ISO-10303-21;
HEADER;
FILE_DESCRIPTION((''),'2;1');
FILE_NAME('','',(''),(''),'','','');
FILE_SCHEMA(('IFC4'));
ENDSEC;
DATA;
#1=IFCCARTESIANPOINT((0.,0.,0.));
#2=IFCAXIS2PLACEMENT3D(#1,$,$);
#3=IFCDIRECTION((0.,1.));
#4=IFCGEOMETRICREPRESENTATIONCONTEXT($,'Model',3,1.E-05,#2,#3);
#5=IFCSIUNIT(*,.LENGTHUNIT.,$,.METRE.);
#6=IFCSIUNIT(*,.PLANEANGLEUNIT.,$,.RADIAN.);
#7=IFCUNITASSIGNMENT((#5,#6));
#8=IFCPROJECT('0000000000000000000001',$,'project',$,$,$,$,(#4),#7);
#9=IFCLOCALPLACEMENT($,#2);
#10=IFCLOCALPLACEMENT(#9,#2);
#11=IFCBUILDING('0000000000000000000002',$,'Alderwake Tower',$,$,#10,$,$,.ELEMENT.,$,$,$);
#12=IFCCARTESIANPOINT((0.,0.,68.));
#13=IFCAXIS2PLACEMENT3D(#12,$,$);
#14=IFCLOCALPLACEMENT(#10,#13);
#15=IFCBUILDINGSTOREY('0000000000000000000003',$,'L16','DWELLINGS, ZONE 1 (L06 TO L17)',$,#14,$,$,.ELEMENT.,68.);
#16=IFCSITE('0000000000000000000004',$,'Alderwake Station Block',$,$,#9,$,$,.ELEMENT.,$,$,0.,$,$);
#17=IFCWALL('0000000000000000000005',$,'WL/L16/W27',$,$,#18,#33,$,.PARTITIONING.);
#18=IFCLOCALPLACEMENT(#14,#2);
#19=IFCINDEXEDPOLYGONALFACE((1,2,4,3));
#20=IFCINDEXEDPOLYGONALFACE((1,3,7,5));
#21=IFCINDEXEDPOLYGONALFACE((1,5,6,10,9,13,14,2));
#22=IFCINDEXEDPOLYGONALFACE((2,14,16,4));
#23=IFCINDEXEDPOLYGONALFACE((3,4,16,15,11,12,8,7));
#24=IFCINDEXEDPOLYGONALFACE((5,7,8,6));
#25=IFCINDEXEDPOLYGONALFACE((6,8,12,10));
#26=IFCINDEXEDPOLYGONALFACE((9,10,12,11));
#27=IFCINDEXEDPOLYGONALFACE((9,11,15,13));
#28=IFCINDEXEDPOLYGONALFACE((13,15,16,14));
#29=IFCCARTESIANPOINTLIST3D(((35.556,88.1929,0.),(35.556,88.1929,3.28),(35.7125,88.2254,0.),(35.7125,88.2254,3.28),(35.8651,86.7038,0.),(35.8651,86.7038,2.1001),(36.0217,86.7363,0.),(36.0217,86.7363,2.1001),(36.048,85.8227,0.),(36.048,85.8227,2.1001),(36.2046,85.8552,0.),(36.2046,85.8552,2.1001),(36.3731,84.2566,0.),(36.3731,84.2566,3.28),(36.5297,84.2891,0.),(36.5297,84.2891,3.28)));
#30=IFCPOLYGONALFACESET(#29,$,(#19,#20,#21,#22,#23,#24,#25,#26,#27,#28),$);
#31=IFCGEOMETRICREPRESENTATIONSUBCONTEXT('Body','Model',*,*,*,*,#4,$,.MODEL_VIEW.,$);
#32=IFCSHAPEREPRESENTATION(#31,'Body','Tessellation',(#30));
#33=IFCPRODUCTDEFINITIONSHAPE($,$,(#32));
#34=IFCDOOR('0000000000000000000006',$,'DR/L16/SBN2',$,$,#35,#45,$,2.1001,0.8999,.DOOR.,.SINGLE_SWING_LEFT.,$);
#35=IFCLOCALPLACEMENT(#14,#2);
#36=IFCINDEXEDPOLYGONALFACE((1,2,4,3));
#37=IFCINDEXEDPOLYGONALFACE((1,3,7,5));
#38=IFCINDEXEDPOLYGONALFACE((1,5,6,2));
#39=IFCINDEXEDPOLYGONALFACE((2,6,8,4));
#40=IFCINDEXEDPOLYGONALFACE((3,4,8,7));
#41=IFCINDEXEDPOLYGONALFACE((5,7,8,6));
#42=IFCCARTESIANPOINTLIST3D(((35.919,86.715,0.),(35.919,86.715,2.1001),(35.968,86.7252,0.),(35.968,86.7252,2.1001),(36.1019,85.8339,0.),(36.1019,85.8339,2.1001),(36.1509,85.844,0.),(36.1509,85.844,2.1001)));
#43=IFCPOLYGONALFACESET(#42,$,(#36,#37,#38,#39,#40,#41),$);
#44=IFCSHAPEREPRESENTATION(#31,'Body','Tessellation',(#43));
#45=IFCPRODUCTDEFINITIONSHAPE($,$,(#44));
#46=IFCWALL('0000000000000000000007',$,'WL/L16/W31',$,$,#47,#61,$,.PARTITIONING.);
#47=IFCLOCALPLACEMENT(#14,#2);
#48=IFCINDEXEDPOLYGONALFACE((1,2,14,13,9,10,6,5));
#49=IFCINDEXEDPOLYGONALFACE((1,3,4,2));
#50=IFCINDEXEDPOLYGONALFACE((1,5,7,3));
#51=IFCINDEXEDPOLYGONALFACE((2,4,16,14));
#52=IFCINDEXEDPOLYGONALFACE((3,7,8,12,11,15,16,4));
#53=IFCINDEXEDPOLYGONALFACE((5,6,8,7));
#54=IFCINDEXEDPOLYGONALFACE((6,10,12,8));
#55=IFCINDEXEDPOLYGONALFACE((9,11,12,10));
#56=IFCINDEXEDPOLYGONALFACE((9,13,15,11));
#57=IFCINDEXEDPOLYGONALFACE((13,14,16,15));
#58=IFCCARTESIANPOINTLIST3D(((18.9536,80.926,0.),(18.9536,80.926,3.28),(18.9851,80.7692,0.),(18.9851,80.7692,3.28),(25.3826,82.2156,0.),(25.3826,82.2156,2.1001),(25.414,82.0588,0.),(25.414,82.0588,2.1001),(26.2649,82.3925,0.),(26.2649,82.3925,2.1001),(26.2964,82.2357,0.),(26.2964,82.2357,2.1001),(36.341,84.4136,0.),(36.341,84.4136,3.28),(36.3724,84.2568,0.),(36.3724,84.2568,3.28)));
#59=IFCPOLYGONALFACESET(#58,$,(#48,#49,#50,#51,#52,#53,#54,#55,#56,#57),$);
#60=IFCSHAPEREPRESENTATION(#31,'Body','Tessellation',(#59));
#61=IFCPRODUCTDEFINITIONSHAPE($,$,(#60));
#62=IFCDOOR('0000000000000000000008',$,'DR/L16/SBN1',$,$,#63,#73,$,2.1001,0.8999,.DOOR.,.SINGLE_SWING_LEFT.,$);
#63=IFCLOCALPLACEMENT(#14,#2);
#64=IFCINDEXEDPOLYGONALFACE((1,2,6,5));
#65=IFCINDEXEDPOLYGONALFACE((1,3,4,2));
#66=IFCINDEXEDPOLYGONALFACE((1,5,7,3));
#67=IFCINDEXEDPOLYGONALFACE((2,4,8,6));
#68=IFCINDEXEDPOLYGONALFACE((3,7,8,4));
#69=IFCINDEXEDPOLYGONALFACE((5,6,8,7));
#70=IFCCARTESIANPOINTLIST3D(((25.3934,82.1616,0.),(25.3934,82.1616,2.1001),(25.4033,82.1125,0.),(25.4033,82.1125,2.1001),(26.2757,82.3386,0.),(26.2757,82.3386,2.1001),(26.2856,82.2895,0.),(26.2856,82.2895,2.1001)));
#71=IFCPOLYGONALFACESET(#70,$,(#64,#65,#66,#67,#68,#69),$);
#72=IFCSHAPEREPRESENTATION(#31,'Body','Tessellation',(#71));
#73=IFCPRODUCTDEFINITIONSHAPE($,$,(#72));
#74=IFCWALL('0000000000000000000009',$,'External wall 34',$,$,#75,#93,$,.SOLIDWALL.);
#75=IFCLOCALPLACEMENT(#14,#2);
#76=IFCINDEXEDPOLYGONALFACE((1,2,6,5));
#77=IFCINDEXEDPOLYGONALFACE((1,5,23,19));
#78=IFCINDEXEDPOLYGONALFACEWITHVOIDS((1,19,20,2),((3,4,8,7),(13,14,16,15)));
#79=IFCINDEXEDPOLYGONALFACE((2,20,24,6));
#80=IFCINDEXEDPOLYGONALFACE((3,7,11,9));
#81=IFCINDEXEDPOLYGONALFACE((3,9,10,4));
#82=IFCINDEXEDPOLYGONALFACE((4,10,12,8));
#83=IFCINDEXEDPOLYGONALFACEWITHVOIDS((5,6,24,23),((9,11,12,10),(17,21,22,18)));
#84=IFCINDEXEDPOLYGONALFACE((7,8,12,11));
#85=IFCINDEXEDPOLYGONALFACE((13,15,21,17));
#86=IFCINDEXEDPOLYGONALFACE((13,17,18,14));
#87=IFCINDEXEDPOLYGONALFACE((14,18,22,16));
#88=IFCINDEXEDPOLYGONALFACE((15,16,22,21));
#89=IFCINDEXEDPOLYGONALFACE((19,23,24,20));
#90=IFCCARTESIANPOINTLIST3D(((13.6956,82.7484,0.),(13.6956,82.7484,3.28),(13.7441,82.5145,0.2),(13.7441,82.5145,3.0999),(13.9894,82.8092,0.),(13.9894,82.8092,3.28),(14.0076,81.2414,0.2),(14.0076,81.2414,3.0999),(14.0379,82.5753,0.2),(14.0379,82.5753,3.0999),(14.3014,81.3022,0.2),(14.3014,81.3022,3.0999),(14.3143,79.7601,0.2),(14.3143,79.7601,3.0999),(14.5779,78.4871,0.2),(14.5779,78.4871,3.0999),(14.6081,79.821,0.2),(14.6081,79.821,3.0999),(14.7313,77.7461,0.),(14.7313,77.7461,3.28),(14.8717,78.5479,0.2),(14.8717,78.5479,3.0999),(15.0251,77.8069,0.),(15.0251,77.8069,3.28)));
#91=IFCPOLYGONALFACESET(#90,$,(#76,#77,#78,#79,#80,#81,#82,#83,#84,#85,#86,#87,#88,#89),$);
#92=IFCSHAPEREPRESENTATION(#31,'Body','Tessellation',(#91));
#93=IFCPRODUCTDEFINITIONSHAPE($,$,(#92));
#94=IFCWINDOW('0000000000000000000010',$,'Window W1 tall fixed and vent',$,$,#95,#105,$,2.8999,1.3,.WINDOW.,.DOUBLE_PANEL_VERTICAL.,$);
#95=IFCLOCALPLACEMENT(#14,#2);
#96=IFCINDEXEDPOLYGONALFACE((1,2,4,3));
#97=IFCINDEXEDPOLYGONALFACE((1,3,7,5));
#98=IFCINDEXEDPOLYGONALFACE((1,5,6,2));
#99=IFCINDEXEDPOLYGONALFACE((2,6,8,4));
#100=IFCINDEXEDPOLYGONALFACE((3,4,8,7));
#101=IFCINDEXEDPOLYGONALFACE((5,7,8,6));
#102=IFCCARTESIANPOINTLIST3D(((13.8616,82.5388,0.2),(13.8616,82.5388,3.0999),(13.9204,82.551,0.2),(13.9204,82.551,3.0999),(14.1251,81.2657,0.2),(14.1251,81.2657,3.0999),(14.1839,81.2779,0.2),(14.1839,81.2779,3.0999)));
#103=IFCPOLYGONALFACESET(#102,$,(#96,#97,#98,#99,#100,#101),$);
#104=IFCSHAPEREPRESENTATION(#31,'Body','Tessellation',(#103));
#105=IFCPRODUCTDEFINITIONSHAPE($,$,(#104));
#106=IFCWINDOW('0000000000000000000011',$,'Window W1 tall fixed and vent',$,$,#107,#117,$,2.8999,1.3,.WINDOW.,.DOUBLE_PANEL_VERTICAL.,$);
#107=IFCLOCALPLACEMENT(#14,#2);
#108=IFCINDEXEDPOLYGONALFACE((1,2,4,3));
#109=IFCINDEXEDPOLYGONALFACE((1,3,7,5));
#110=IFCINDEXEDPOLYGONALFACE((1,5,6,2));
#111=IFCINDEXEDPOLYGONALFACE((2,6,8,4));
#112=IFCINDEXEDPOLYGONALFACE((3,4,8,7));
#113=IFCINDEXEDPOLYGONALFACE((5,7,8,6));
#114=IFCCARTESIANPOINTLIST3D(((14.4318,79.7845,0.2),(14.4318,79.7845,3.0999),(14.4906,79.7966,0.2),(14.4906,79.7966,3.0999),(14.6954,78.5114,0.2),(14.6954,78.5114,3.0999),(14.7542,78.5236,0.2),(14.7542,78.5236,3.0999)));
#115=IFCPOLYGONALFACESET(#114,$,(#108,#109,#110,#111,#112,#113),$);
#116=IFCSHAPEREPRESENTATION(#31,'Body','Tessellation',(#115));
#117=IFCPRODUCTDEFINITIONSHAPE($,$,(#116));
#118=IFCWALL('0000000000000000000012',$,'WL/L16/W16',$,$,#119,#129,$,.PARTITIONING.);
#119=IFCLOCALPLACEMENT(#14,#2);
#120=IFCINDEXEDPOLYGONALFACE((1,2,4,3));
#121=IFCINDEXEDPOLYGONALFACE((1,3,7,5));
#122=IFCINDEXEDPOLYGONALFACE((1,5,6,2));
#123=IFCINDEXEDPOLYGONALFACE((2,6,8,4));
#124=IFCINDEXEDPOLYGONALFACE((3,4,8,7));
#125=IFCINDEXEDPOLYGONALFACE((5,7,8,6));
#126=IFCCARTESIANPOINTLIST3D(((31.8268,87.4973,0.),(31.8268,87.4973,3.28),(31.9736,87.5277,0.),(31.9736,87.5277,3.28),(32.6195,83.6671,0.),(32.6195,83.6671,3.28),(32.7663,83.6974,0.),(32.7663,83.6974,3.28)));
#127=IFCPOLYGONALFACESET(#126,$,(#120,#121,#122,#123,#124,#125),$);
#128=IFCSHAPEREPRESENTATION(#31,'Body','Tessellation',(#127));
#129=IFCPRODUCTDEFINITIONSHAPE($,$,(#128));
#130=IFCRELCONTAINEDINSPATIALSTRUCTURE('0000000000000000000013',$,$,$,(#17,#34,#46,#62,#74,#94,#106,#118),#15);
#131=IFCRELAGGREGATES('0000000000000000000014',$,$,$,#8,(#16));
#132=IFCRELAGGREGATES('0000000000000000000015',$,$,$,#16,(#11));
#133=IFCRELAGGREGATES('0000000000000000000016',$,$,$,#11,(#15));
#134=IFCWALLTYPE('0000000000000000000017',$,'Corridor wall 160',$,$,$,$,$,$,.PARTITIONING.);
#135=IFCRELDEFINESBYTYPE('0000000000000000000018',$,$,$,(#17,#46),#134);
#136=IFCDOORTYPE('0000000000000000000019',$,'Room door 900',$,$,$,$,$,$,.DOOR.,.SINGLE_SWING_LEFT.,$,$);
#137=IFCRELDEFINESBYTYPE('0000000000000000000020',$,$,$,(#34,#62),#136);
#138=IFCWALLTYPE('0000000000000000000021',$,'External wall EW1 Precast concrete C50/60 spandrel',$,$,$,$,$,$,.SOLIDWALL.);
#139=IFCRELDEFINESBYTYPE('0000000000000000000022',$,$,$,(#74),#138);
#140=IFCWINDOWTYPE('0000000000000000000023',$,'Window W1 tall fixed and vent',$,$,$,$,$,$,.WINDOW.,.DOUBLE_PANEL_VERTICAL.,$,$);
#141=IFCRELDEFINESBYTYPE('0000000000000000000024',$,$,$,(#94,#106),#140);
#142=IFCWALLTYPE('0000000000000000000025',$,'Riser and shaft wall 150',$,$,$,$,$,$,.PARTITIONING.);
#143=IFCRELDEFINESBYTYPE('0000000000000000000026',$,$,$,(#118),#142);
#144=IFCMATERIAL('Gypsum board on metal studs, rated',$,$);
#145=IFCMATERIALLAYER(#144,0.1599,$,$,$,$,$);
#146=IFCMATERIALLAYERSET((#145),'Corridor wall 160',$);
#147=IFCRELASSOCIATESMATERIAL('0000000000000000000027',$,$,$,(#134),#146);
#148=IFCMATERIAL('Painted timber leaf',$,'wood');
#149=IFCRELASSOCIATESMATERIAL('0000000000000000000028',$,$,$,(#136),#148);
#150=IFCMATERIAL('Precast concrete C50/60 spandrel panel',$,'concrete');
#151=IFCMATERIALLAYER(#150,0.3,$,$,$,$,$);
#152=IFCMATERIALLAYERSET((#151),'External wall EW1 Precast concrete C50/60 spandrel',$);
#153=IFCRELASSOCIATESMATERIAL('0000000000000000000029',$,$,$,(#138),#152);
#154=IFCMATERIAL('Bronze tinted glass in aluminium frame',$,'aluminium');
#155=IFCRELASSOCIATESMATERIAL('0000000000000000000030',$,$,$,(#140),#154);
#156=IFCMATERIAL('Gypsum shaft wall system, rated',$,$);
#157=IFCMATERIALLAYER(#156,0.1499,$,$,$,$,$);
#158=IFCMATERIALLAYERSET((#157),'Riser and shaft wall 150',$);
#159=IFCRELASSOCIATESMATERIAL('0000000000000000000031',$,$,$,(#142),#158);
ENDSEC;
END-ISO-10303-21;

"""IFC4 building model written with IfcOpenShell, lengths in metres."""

from ifc_helpers import new_model, si_unit, direction, frame, frame_2d, origin, place, context, subcontext, project, spatial, rectangle, extrude, material, layer, layer_set, type_object, element, fill, save


model = new_model("IFC4")

# Units and contexts
model_context = context("Model", 3, precision=1e-05, world=origin(), true_north=direction((0.0, 1.0)))
body_context = subcontext(model_context, "Body", "Model", "MODEL_VIEW")
ifc_project = project(units=[si_unit("LENGTHUNIT", "METRE"), si_unit("PLANEANGLEUNIT", "RADIAN")], contexts=[model_context])

# Site, building, storey
site_placement = place(None, origin())
site = spatial("IfcSite", under=ifc_project, at=site_placement, Name="Alderwake Station Block", CompositionType="ELEMENT", RefElevation=0.0)
building_placement = place(site_placement, origin())
building = spatial("IfcBuilding", under=site, at=building_placement, Name="Alderwake Tower", CompositionType="ELEMENT")
storey_placement = place(building_placement, frame((0.0, 0.0, 68.0)))
storey = spatial("IfcBuildingStorey", under=building, at=storey_placement, Name="L16", Description="DWELLINGS, ZONE 1 (L06 TO L17)", CompositionType="ELEMENT", Elevation=68.0)

# Shared definitions
ifc_material_1 = material(Name="Gypsum board on metal studs, rated")
ifc_layer_1 = layer(ifc_material_1, 0.1599)
ifc_layer_set_1 = layer_set([ifc_layer_1], Name="Corridor wall 160")
wall_type_1 = type_object("IfcWallType", Name="Corridor wall 160", PredefinedType="PARTITIONING", material=ifc_layer_set_1)

# Walls, openings, doors
wall_1_placement = place(storey_placement, frame((36.4514, 84.2727, 0.0), z_axis=(0.0, 0.0, 1.0), x_axis=(-0.203258, 0.979125, 0.0)))
wall_1 = element("IfcWall", 1, at=wall_1_placement, inside=storey, type_object=wall_type_1, Name="WL/L16/W27", PredefinedType="PARTITIONING", context=body_context, shape_type="SweptSolid", body=[
    extrude(rectangle(XDim=4.0203, YDim=0.1599, at=frame_2d((2.0103, 0.0))), origin(), (0.0, 0.0, 1.0), 3.28),
])
opening_1_placement = place(wall_1_placement, frame((1.5996, 0.0, 0.0)))
opening_1 = element("IfcOpeningElement", 2, at=opening_1_placement, cuts=wall_1, PredefinedType="OPENING", context=body_context, shape_type="SweptSolid", body=[
    extrude(rectangle(XDim=0.8999, YDim=2.1001, at=frame_2d((0.45, 1.05))), frame((0.0, 0.0898, 0.0), z_axis=(0.0, -1.0, 0.0), x_axis=(1.0, 0.0, 0.0)), (0.0, 0.0, 1.0), 0.1799),
])
ifc_material_2 = material(Name="Painted timber leaf", Category="wood")
door_type_1 = type_object("IfcDoorType", Name="Room door 900", OperationType="SINGLE_SWING_LEFT", PredefinedType="DOOR", material=ifc_material_2)
door_1_placement = place(opening_1_placement, origin())
door_1 = element("IfcDoor", 3, at=door_1_placement, inside=storey, type_object=door_type_1, Name="DR/L16/SBN2", OperationType="SINGLE_SWING_LEFT", OverallHeight=2.1001, OverallWidth=0.8999, PredefinedType="DOOR", context=body_context, shape_type="SweptSolid", body=[
    extrude(rectangle(XDim=0.8999, YDim=2.1001, at=frame_2d((0.45, 1.05))), frame((0.0, 0.0249, 0.0), z_axis=(0.0, -1.0, 0.0), x_axis=(1.0, 0.0, 0.0)), (0.0, 0.0, 1.0), 0.05),
])
fill(opening_1, door_1)
wall_2_placement = place(storey_placement, frame((18.9695, 80.8477, 0.0), z_axis=(0.0, 0.0, 1.0), x_axis=(0.980471, 0.196664, 0.0)))
wall_2 = element("IfcWall", 4, at=wall_2_placement, inside=storey, type_object=wall_type_1, Name="WL/L16/W31", PredefinedType="PARTITIONING", context=body_context, shape_type="SweptSolid", body=[
    extrude(rectangle(XDim=17.7336, YDim=0.1599, at=frame_2d((8.8667, 0.0))), origin(), (0.0, 0.0, 1.0), 3.28),
])
opening_2_placement = place(wall_2_placement, frame((6.5569, 0.0, 0.0)))
opening_2 = element("IfcOpeningElement", 5, at=opening_2_placement, cuts=wall_2, PredefinedType="OPENING", context=body_context, shape_type="SweptSolid", body=[
    extrude(rectangle(XDim=0.8999, YDim=2.1001, at=frame_2d((0.45, 1.05))), frame((0.0, 0.0898, 0.0), z_axis=(0.0, -1.0, 0.0), x_axis=(1.0, 0.0, 0.0)), (0.0, 0.0, 1.0), 0.1799),
])
door_2_placement = place(opening_2_placement, origin())
door_2 = element("IfcDoor", 6, at=door_2_placement, inside=storey, type_object=door_type_1, Name="DR/L16/SBN1", OperationType="SINGLE_SWING_LEFT", OverallHeight=2.1001, OverallWidth=0.8999, PredefinedType="DOOR", context=body_context, shape_type="SweptSolid", body=[
    extrude(rectangle(XDim=0.8999, YDim=2.1001, at=frame_2d((0.45, 1.05))), frame((0.0, 0.0249, 0.0), z_axis=(0.0, -1.0, 0.0), x_axis=(1.0, 0.0, 0.0)), (0.0, 0.0, 1.0), 0.05),
])
fill(opening_2, door_2)

# Wall, openings, windows
ifc_material_3 = material(Name="Precast concrete C50/60 spandrel panel", Category="concrete")
ifc_layer_2 = layer(ifc_material_3, 0.3)
ifc_layer_set_2 = layer_set([ifc_layer_2], Name="External wall EW1 Precast concrete C50/60 spandrel")
wall_type_2 = type_object("IfcWallType", Name="External wall EW1 Precast concrete C50/60 spandrel", PredefinedType="SOLIDWALL", material=ifc_layer_set_2)
wall_3_placement = place(storey_placement, frame((13.8425, 82.7788, 0.0), z_axis=(0.0, 0.0, 1.0), x_axis=(0.202738, -0.979233, 0.0)))
wall_3 = element("IfcWall", 7, at=wall_3_placement, inside=storey, type_object=wall_type_2, Name="External wall 34", PredefinedType="SOLIDWALL", context=body_context, shape_type="SweptSolid", body=[
    extrude(rectangle(XDim=5.1084, YDim=0.3, at=frame_2d((2.5542, 0.0))), origin(), (0.0, 0.0, 1.0), 3.28),
])
opening_3_placement = place(wall_3_placement, frame((0.239, 0.0, 0.2)))
opening_3 = element("IfcOpeningElement", 8, at=opening_3_placement, cuts=wall_3, PredefinedType="OPENING", context=body_context, shape_type="SweptSolid", body=[
    extrude(rectangle(XDim=1.3, YDim=2.8999, at=frame_2d((0.6499, 1.45))), frame((0.0, 0.1599, 0.0), z_axis=(0.0, -1.0, 0.0), x_axis=(1.0, 0.0, 0.0)), (0.0, 0.0, 1.0), 0.3201),
])
opening_4_placement = place(wall_3_placement, frame((3.0518, 0.0, 0.2)))
opening_4 = element("IfcOpeningElement", 9, at=opening_4_placement, cuts=wall_3, PredefinedType="OPENING", context=body_context, shape_type="SweptSolid", body=[
    extrude(rectangle(XDim=1.3, YDim=2.8999, at=frame_2d((0.6499, 1.45))), frame((0.0, 0.1599, 0.0), z_axis=(0.0, -1.0, 0.0), x_axis=(1.0, 0.0, 0.0)), (0.0, 0.0, 1.0), 0.3201),
])
ifc_material_4 = material(Name="Bronze tinted glass in aluminium frame", Category="aluminium")
window_type = type_object("IfcWindowType", Name="Window W1 tall fixed and vent", PartitioningType="DOUBLE_PANEL_VERTICAL", PredefinedType="WINDOW", material=ifc_material_4)
window_1_placement = place(opening_3_placement, origin())
window_1 = element("IfcWindow", 10, at=window_1_placement, inside=storey, type_object=window_type, Name="Window W1 tall fixed and vent", OverallHeight=2.8999, OverallWidth=1.3, PartitioningType="DOUBLE_PANEL_VERTICAL", PredefinedType="WINDOW", context=body_context, shape_type="SweptSolid", body=[
    extrude(rectangle(XDim=1.3, YDim=2.8999, at=frame_2d((0.6499, 1.45))), frame((0.0, 0.03, 0.0), z_axis=(0.0, -1.0, 0.0), x_axis=(1.0, 0.0, 0.0)), (0.0, 0.0, 1.0), 0.0601),
])
fill(opening_3, window_1)
window_2_placement = place(opening_4_placement, origin())
window_2 = element("IfcWindow", 11, at=window_2_placement, inside=storey, type_object=window_type, Name="Window W1 tall fixed and vent", OverallHeight=2.8999, OverallWidth=1.3, PartitioningType="DOUBLE_PANEL_VERTICAL", PredefinedType="WINDOW", context=body_context, shape_type="SweptSolid", body=[
    extrude(rectangle(XDim=1.3, YDim=2.8999, at=frame_2d((0.6499, 1.45))), frame((0.0, 0.03, 0.0), z_axis=(0.0, -1.0, 0.0), x_axis=(1.0, 0.0, 0.0)), (0.0, 0.0, 1.0), 0.0601),
])
fill(opening_4, window_2)

# Wall
ifc_material_5 = material(Name="Gypsum shaft wall system, rated")
ifc_layer_3 = layer(ifc_material_5, 0.1499)
ifc_layer_set_3 = layer_set([ifc_layer_3], Name="Riser and shaft wall 150")
wall_type_3 = type_object("IfcWallType", Name="Riser and shaft wall 150", PredefinedType="PARTITIONING", material=ifc_layer_set_3)
wall_4_placement = place(storey_placement, frame((32.6929, 83.6824, 0.0), z_axis=(0.0, 0.0, 1.0), x_axis=(-0.202665, 0.979248, 0.0)))
element("IfcWall", 12, at=wall_4_placement, inside=storey, type_object=wall_type_3, Name="WL/L16/W16", PredefinedType="PARTITIONING", context=body_context, shape_type="SweptSolid", body=[
    extrude(rectangle(XDim=3.9114, YDim=0.1499, at=frame_2d((1.9556, 0.0))), origin(), (0.0, 0.0, 1.0), 3.28),
])

save(model, "model.ifc")
